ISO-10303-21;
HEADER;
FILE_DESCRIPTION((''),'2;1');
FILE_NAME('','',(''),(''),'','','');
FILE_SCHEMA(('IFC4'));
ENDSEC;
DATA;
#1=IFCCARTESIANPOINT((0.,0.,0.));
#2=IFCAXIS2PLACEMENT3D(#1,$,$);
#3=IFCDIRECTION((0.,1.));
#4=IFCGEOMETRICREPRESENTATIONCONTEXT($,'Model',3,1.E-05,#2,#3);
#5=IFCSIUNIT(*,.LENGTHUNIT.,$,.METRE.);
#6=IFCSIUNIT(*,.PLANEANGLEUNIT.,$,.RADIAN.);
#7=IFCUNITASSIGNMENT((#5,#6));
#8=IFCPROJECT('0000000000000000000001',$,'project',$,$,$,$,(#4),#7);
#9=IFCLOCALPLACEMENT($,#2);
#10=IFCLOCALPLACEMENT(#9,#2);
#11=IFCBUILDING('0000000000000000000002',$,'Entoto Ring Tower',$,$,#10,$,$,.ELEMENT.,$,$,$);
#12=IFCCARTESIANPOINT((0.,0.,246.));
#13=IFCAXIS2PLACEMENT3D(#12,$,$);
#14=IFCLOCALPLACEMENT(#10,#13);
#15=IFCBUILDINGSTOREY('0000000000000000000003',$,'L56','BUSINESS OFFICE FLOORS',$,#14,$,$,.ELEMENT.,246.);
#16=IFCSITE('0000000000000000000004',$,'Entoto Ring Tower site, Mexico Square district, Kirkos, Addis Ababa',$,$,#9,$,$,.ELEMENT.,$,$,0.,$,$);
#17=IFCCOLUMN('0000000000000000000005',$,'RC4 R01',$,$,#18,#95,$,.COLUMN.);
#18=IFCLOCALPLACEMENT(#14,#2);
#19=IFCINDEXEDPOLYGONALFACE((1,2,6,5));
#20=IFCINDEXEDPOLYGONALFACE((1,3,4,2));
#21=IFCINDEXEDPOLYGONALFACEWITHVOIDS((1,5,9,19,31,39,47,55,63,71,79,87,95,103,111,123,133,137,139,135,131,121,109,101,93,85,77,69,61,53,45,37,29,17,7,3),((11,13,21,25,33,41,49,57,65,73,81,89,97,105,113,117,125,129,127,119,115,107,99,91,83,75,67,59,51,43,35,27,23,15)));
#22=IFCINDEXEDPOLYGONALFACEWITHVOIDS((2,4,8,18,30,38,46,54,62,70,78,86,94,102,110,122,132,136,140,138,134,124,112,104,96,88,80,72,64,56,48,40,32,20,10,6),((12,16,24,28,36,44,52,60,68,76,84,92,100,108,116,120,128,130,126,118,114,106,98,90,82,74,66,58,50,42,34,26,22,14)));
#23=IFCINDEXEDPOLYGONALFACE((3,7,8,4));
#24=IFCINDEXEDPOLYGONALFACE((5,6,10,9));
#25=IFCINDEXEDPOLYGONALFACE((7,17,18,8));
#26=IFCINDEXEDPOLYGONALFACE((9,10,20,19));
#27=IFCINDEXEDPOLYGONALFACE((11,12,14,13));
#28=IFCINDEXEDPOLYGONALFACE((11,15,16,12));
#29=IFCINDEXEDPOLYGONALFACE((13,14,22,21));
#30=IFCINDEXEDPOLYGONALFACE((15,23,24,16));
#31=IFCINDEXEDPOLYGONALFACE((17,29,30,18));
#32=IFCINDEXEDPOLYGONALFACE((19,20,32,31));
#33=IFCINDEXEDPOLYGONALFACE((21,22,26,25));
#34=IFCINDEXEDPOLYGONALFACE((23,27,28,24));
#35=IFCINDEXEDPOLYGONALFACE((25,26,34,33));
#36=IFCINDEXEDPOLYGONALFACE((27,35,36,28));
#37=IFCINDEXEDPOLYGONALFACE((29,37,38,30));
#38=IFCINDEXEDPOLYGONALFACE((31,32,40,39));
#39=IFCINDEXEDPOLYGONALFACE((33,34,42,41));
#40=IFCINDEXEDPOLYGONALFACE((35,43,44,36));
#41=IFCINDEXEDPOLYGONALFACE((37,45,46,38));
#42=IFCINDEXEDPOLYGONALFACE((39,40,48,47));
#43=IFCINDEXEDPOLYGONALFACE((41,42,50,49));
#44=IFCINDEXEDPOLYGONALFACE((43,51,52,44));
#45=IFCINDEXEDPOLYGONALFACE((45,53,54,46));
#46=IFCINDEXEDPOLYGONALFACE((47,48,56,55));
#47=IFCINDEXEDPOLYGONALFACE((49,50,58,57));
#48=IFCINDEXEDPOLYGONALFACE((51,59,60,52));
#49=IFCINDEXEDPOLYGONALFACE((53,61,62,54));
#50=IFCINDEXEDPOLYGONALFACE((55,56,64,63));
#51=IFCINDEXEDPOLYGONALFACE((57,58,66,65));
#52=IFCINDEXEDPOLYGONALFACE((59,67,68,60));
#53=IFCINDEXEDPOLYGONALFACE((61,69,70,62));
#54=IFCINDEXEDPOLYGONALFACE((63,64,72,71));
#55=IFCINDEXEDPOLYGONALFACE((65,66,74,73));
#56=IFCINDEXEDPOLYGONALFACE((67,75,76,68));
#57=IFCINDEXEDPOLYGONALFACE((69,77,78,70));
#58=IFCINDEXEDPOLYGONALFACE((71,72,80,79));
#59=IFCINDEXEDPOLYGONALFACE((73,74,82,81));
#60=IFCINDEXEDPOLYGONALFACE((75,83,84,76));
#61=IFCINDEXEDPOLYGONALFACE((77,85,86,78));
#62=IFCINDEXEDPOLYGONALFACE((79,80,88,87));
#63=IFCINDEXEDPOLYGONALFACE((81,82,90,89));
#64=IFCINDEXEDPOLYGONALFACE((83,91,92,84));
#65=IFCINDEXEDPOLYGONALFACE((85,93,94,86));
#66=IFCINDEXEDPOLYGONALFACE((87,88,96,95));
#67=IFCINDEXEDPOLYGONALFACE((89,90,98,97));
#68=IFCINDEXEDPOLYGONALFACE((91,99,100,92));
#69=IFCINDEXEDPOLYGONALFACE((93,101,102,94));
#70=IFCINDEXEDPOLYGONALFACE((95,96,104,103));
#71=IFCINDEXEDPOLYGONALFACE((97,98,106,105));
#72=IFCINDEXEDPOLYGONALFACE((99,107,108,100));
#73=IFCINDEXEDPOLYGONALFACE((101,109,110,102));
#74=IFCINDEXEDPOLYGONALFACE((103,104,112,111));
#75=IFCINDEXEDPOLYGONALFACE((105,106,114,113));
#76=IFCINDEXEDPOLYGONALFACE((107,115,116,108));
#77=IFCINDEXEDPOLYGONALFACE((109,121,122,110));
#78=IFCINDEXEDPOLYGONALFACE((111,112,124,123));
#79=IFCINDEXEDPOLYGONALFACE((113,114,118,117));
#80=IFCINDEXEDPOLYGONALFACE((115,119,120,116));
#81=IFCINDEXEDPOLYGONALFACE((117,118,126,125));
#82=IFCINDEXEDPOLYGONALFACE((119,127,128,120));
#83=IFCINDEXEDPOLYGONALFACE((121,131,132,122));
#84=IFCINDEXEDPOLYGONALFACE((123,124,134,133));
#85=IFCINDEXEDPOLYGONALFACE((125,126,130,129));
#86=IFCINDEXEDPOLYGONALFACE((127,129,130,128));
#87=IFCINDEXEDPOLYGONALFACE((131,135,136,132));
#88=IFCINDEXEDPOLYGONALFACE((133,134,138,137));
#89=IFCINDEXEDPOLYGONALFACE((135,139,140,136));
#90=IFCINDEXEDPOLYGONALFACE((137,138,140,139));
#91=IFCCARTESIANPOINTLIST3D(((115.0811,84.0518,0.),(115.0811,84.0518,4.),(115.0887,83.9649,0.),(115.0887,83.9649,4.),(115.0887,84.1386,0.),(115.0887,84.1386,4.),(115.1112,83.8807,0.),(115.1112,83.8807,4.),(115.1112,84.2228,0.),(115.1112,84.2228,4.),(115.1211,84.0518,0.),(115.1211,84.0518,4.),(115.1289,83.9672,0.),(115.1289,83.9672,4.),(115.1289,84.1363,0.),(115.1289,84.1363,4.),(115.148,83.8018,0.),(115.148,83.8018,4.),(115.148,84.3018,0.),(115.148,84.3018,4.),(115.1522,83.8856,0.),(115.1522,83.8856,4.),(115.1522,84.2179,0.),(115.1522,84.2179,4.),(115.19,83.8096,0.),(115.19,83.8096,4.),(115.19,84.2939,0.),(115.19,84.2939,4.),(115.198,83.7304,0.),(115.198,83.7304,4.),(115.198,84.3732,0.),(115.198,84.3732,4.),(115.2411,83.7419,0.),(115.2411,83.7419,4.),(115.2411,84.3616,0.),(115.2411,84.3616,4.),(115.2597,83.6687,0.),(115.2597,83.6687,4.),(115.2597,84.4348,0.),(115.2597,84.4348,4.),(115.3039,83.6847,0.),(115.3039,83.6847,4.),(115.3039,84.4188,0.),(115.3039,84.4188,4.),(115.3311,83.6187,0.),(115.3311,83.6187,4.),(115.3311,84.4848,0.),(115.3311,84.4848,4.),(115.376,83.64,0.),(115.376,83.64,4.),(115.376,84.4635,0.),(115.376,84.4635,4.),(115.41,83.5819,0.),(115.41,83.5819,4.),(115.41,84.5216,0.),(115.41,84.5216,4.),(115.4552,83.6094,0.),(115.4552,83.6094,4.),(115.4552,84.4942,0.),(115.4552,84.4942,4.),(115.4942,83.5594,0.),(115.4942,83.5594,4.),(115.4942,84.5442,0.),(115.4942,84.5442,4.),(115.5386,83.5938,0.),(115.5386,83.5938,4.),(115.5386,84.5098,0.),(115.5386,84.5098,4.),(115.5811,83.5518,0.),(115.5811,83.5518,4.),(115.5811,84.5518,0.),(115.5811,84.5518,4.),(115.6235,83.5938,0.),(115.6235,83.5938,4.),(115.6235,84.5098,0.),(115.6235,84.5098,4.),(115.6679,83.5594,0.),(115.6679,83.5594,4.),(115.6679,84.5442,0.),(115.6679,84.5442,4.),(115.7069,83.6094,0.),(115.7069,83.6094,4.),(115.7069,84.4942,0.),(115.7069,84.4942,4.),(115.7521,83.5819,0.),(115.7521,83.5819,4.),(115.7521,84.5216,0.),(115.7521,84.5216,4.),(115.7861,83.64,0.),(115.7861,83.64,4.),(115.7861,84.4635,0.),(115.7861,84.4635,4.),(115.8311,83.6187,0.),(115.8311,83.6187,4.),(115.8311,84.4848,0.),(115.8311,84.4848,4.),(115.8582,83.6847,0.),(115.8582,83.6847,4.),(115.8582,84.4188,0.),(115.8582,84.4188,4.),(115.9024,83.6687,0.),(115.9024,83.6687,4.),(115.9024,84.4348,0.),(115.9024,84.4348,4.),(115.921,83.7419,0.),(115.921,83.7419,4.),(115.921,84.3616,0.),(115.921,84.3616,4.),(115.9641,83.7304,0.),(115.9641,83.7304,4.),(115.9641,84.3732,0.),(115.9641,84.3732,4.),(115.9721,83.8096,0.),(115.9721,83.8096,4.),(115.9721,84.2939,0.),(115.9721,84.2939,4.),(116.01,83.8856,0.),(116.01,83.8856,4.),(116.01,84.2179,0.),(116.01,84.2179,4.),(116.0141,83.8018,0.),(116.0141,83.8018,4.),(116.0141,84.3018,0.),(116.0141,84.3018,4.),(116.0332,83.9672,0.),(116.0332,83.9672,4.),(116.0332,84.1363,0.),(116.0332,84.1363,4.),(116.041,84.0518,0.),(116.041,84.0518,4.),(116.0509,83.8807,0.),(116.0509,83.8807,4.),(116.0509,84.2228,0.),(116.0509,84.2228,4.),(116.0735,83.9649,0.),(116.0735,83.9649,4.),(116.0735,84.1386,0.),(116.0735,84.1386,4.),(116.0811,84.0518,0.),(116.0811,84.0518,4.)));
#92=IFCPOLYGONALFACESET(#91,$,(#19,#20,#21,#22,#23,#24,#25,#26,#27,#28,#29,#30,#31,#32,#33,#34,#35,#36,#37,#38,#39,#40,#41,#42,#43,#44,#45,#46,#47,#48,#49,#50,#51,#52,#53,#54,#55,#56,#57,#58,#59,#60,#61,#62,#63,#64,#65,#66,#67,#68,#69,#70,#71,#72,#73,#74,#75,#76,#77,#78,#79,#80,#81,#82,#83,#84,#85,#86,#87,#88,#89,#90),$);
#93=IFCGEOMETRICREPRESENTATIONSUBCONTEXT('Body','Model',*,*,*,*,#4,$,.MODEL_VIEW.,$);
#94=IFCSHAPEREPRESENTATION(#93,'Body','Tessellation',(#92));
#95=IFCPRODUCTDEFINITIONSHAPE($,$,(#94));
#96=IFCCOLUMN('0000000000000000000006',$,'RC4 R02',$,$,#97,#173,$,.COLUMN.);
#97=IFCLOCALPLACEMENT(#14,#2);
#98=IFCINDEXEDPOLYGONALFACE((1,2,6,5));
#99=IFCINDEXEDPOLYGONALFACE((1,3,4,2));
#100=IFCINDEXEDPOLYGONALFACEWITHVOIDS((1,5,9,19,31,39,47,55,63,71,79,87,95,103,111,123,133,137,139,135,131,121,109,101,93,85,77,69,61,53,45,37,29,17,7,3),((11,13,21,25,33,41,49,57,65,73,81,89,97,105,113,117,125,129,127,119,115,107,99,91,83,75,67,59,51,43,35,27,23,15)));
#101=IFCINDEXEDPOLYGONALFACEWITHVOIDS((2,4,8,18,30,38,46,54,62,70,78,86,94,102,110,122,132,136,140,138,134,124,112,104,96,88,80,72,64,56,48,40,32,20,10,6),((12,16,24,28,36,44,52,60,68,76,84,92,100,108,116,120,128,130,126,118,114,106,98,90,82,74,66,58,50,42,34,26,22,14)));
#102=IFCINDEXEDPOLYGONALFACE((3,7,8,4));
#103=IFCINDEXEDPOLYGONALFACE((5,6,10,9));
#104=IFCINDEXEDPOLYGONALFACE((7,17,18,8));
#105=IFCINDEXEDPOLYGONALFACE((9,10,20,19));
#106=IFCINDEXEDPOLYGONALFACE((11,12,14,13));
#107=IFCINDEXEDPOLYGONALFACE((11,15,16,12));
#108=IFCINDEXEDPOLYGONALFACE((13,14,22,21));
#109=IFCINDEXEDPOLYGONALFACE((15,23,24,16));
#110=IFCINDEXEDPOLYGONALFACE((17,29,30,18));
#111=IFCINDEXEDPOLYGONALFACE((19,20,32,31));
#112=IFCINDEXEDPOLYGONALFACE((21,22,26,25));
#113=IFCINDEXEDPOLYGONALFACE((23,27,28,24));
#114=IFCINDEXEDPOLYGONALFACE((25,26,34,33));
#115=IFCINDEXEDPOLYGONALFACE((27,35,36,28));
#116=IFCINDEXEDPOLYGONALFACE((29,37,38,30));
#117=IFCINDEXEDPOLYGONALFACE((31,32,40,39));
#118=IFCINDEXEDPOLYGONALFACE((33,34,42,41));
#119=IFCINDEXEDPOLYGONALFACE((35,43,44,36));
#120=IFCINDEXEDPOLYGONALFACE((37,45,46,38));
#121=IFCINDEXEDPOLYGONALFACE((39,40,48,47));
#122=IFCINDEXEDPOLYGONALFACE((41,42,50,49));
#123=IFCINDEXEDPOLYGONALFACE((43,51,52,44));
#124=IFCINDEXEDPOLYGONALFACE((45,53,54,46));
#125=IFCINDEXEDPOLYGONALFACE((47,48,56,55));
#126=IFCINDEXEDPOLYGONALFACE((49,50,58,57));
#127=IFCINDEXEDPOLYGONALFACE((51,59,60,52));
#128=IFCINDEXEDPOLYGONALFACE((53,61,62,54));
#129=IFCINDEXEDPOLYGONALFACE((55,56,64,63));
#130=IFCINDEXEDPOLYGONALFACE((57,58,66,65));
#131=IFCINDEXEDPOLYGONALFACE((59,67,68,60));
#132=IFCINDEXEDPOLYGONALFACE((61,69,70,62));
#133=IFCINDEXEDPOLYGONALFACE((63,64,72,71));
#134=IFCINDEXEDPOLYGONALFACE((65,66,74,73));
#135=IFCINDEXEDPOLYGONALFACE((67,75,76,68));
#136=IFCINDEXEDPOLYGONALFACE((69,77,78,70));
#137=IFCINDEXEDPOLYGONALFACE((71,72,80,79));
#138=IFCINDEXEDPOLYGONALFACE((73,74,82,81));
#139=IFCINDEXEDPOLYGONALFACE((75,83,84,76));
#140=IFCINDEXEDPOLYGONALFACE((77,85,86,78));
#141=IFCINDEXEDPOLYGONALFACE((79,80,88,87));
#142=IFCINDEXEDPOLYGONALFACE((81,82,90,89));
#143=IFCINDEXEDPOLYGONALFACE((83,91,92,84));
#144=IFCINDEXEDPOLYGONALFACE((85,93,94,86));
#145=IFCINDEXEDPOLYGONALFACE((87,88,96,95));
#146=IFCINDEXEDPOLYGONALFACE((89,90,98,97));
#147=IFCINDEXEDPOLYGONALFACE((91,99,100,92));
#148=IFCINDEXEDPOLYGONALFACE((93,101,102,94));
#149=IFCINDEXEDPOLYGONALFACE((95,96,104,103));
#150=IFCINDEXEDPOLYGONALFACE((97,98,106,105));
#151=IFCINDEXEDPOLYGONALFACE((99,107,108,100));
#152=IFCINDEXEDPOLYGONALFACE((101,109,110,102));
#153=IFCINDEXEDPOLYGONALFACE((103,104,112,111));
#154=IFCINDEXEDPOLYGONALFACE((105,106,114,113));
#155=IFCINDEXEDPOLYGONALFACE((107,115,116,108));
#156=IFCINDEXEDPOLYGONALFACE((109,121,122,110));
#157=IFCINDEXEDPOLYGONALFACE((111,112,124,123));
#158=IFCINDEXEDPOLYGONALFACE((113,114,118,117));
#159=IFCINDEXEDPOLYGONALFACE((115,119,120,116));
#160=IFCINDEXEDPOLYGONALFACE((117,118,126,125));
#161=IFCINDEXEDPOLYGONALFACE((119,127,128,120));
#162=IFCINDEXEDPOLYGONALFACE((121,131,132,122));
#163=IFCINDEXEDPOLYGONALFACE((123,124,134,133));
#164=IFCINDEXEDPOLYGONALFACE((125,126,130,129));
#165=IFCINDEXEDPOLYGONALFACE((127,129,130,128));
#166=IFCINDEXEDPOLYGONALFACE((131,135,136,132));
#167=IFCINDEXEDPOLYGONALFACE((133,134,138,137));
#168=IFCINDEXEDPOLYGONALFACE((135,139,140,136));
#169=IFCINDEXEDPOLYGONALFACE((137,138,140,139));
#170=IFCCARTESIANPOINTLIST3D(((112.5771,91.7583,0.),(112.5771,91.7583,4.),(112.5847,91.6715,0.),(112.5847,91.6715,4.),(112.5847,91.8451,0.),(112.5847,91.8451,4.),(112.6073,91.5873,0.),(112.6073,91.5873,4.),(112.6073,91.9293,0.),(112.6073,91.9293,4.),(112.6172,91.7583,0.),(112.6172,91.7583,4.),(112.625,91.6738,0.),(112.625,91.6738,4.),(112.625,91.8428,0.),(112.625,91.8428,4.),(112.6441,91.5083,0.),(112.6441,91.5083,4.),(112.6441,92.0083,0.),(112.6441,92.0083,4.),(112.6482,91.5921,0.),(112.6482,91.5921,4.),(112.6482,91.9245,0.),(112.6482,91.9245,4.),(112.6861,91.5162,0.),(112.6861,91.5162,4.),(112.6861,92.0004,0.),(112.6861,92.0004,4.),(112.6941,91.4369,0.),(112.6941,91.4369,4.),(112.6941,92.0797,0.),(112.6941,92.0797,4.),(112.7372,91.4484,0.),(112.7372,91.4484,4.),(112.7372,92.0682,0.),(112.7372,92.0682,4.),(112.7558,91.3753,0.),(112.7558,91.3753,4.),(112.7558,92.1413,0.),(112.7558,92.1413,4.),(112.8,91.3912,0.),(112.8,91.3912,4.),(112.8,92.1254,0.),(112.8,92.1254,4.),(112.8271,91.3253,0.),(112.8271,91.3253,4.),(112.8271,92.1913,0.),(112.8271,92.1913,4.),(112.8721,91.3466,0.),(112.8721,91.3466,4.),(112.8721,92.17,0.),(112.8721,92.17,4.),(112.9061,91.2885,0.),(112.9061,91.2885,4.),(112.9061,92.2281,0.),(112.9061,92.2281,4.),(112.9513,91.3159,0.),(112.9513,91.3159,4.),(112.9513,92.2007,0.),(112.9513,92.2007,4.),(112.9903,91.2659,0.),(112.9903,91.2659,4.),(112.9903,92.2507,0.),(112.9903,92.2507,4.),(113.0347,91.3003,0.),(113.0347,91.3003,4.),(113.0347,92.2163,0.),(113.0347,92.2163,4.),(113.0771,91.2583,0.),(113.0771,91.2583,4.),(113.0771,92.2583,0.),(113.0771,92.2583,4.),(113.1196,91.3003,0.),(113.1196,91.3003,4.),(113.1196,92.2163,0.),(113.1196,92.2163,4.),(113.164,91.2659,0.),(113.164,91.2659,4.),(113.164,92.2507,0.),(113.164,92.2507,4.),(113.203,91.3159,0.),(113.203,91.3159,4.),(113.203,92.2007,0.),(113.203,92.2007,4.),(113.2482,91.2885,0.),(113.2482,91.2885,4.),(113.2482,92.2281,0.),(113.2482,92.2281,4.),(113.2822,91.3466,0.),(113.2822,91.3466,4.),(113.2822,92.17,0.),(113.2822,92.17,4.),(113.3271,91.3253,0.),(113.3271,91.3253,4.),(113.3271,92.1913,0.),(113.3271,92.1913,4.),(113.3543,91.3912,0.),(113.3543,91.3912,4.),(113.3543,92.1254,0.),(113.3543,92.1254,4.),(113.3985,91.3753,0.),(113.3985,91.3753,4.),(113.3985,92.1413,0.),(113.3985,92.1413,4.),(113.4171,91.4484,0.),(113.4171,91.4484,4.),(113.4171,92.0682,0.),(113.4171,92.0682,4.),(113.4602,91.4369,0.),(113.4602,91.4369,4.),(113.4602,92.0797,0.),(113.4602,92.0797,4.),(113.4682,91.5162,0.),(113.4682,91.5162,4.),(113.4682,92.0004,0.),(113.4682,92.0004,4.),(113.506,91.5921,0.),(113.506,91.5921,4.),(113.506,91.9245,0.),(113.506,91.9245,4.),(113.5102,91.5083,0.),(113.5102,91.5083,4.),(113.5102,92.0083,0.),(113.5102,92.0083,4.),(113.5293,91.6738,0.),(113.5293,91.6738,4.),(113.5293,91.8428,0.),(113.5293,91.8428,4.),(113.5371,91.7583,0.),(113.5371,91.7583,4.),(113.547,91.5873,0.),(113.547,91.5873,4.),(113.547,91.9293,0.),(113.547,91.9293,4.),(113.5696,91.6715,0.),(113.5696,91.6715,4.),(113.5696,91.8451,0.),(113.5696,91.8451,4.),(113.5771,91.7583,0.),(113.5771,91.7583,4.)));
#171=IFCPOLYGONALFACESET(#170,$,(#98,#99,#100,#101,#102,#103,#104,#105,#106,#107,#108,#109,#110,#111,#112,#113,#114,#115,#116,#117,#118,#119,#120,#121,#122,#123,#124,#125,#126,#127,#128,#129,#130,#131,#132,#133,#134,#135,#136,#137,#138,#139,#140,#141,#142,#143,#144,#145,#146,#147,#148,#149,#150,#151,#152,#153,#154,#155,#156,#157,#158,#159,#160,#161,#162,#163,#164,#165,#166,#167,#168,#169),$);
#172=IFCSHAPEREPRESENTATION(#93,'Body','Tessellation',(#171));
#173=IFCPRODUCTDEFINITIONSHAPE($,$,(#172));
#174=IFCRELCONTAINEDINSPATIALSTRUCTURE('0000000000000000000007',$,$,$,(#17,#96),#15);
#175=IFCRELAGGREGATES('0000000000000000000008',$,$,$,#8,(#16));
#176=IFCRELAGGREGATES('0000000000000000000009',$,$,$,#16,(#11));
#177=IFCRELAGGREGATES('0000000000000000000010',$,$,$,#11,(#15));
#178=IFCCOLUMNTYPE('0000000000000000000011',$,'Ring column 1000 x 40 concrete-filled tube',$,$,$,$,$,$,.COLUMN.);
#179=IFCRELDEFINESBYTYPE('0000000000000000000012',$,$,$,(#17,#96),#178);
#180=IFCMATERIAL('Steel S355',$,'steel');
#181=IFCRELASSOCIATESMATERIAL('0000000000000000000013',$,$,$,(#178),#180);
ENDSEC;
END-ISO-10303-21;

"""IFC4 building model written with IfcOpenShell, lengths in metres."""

from ifc_helpers import new_model, si_unit, direction, frame, origin, origin_2d, place, context, subcontext, project, spatial, circle, hollow_circle, extrude, material, material_profile, profile_set, type_object, element, save


model = new_model("IFC4")

# Units and contexts
model_context = context("Model", 3, precision=1e-05, world=origin(), true_north=direction((0.0, 1.0)))
body_context = subcontext(model_context, "Body", "Model", "MODEL_VIEW")
ifc_project = project(units=[si_unit("LENGTHUNIT", "METRE"), si_unit("PLANEANGLEUNIT", "RADIAN")], contexts=[model_context])

# Site, building, storey
site_placement = place(None, origin())
site = spatial("IfcSite", under=ifc_project, at=site_placement, Name="Entoto Ring Tower site, Mexico Square district, Kirkos, Addis Ababa", CompositionType="ELEMENT", RefElevation=0.0)
building_placement = place(site_placement, origin())
building = spatial("IfcBuilding", under=site, at=building_placement, Name="Entoto Ring Tower", CompositionType="ELEMENT")
storey_placement = place(building_placement, frame((0.0, 0.0, 246.0)))
storey = spatial("IfcBuildingStorey", under=building, at=storey_placement, Name="L56", Description="BUSINESS OFFICE FLOORS", CompositionType="ELEMENT", Elevation=246.0)

# Columns
ifc_material_1 = material(Name="Steel S355", Category="steel")
ifc_material_profile_1 = material_profile(ifc_material_1, hollow_circle(Radius=0.5, WallThickness=0.04, at=origin_2d()), Name="CHS 1000 x 40")
ifc_material_2 = material(Name="Concrete C60/75", Category="concrete")
ifc_material_profile_2 = material_profile(ifc_material_2, circle(Radius=0.46, at=origin_2d()), Name="Concrete C60/75 infill")
ifc_profile_set_1 = profile_set([ifc_material_profile_1, ifc_material_profile_2], Name="Steel S355")
column_type = type_object("IfcColumnType", Name="Ring column 1000 x 40 concrete-filled tube", PredefinedType="COLUMN", material=ifc_profile_set_1)
for number, where, z_axis, x_axis, name in (
    (1, (115.5811, 84.0518, 0.0), (0.0, 0.0, 1.0), (1.0, 0.0, 0.0), "RC4 R01"),
    (2, (113.0771, 91.7583, 0.0), (0.0, 0.0, 1.0), (1.0, 0.0, 0.0), "RC4 R02"),
):
    element("IfcColumn", number, at=place(storey_placement, frame(where, z_axis=z_axis, x_axis=x_axis)), inside=storey, type_object=column_type, Name=name, PredefinedType="COLUMN", context=body_context, shape_type="SweptSolid", body=[
        extrude(hollow_circle(Radius=0.5, WallThickness=0.04, at=origin_2d()), origin(), (0.0, 0.0, 1.0), 4.0),
    ])

save(model, "model.ifc")
